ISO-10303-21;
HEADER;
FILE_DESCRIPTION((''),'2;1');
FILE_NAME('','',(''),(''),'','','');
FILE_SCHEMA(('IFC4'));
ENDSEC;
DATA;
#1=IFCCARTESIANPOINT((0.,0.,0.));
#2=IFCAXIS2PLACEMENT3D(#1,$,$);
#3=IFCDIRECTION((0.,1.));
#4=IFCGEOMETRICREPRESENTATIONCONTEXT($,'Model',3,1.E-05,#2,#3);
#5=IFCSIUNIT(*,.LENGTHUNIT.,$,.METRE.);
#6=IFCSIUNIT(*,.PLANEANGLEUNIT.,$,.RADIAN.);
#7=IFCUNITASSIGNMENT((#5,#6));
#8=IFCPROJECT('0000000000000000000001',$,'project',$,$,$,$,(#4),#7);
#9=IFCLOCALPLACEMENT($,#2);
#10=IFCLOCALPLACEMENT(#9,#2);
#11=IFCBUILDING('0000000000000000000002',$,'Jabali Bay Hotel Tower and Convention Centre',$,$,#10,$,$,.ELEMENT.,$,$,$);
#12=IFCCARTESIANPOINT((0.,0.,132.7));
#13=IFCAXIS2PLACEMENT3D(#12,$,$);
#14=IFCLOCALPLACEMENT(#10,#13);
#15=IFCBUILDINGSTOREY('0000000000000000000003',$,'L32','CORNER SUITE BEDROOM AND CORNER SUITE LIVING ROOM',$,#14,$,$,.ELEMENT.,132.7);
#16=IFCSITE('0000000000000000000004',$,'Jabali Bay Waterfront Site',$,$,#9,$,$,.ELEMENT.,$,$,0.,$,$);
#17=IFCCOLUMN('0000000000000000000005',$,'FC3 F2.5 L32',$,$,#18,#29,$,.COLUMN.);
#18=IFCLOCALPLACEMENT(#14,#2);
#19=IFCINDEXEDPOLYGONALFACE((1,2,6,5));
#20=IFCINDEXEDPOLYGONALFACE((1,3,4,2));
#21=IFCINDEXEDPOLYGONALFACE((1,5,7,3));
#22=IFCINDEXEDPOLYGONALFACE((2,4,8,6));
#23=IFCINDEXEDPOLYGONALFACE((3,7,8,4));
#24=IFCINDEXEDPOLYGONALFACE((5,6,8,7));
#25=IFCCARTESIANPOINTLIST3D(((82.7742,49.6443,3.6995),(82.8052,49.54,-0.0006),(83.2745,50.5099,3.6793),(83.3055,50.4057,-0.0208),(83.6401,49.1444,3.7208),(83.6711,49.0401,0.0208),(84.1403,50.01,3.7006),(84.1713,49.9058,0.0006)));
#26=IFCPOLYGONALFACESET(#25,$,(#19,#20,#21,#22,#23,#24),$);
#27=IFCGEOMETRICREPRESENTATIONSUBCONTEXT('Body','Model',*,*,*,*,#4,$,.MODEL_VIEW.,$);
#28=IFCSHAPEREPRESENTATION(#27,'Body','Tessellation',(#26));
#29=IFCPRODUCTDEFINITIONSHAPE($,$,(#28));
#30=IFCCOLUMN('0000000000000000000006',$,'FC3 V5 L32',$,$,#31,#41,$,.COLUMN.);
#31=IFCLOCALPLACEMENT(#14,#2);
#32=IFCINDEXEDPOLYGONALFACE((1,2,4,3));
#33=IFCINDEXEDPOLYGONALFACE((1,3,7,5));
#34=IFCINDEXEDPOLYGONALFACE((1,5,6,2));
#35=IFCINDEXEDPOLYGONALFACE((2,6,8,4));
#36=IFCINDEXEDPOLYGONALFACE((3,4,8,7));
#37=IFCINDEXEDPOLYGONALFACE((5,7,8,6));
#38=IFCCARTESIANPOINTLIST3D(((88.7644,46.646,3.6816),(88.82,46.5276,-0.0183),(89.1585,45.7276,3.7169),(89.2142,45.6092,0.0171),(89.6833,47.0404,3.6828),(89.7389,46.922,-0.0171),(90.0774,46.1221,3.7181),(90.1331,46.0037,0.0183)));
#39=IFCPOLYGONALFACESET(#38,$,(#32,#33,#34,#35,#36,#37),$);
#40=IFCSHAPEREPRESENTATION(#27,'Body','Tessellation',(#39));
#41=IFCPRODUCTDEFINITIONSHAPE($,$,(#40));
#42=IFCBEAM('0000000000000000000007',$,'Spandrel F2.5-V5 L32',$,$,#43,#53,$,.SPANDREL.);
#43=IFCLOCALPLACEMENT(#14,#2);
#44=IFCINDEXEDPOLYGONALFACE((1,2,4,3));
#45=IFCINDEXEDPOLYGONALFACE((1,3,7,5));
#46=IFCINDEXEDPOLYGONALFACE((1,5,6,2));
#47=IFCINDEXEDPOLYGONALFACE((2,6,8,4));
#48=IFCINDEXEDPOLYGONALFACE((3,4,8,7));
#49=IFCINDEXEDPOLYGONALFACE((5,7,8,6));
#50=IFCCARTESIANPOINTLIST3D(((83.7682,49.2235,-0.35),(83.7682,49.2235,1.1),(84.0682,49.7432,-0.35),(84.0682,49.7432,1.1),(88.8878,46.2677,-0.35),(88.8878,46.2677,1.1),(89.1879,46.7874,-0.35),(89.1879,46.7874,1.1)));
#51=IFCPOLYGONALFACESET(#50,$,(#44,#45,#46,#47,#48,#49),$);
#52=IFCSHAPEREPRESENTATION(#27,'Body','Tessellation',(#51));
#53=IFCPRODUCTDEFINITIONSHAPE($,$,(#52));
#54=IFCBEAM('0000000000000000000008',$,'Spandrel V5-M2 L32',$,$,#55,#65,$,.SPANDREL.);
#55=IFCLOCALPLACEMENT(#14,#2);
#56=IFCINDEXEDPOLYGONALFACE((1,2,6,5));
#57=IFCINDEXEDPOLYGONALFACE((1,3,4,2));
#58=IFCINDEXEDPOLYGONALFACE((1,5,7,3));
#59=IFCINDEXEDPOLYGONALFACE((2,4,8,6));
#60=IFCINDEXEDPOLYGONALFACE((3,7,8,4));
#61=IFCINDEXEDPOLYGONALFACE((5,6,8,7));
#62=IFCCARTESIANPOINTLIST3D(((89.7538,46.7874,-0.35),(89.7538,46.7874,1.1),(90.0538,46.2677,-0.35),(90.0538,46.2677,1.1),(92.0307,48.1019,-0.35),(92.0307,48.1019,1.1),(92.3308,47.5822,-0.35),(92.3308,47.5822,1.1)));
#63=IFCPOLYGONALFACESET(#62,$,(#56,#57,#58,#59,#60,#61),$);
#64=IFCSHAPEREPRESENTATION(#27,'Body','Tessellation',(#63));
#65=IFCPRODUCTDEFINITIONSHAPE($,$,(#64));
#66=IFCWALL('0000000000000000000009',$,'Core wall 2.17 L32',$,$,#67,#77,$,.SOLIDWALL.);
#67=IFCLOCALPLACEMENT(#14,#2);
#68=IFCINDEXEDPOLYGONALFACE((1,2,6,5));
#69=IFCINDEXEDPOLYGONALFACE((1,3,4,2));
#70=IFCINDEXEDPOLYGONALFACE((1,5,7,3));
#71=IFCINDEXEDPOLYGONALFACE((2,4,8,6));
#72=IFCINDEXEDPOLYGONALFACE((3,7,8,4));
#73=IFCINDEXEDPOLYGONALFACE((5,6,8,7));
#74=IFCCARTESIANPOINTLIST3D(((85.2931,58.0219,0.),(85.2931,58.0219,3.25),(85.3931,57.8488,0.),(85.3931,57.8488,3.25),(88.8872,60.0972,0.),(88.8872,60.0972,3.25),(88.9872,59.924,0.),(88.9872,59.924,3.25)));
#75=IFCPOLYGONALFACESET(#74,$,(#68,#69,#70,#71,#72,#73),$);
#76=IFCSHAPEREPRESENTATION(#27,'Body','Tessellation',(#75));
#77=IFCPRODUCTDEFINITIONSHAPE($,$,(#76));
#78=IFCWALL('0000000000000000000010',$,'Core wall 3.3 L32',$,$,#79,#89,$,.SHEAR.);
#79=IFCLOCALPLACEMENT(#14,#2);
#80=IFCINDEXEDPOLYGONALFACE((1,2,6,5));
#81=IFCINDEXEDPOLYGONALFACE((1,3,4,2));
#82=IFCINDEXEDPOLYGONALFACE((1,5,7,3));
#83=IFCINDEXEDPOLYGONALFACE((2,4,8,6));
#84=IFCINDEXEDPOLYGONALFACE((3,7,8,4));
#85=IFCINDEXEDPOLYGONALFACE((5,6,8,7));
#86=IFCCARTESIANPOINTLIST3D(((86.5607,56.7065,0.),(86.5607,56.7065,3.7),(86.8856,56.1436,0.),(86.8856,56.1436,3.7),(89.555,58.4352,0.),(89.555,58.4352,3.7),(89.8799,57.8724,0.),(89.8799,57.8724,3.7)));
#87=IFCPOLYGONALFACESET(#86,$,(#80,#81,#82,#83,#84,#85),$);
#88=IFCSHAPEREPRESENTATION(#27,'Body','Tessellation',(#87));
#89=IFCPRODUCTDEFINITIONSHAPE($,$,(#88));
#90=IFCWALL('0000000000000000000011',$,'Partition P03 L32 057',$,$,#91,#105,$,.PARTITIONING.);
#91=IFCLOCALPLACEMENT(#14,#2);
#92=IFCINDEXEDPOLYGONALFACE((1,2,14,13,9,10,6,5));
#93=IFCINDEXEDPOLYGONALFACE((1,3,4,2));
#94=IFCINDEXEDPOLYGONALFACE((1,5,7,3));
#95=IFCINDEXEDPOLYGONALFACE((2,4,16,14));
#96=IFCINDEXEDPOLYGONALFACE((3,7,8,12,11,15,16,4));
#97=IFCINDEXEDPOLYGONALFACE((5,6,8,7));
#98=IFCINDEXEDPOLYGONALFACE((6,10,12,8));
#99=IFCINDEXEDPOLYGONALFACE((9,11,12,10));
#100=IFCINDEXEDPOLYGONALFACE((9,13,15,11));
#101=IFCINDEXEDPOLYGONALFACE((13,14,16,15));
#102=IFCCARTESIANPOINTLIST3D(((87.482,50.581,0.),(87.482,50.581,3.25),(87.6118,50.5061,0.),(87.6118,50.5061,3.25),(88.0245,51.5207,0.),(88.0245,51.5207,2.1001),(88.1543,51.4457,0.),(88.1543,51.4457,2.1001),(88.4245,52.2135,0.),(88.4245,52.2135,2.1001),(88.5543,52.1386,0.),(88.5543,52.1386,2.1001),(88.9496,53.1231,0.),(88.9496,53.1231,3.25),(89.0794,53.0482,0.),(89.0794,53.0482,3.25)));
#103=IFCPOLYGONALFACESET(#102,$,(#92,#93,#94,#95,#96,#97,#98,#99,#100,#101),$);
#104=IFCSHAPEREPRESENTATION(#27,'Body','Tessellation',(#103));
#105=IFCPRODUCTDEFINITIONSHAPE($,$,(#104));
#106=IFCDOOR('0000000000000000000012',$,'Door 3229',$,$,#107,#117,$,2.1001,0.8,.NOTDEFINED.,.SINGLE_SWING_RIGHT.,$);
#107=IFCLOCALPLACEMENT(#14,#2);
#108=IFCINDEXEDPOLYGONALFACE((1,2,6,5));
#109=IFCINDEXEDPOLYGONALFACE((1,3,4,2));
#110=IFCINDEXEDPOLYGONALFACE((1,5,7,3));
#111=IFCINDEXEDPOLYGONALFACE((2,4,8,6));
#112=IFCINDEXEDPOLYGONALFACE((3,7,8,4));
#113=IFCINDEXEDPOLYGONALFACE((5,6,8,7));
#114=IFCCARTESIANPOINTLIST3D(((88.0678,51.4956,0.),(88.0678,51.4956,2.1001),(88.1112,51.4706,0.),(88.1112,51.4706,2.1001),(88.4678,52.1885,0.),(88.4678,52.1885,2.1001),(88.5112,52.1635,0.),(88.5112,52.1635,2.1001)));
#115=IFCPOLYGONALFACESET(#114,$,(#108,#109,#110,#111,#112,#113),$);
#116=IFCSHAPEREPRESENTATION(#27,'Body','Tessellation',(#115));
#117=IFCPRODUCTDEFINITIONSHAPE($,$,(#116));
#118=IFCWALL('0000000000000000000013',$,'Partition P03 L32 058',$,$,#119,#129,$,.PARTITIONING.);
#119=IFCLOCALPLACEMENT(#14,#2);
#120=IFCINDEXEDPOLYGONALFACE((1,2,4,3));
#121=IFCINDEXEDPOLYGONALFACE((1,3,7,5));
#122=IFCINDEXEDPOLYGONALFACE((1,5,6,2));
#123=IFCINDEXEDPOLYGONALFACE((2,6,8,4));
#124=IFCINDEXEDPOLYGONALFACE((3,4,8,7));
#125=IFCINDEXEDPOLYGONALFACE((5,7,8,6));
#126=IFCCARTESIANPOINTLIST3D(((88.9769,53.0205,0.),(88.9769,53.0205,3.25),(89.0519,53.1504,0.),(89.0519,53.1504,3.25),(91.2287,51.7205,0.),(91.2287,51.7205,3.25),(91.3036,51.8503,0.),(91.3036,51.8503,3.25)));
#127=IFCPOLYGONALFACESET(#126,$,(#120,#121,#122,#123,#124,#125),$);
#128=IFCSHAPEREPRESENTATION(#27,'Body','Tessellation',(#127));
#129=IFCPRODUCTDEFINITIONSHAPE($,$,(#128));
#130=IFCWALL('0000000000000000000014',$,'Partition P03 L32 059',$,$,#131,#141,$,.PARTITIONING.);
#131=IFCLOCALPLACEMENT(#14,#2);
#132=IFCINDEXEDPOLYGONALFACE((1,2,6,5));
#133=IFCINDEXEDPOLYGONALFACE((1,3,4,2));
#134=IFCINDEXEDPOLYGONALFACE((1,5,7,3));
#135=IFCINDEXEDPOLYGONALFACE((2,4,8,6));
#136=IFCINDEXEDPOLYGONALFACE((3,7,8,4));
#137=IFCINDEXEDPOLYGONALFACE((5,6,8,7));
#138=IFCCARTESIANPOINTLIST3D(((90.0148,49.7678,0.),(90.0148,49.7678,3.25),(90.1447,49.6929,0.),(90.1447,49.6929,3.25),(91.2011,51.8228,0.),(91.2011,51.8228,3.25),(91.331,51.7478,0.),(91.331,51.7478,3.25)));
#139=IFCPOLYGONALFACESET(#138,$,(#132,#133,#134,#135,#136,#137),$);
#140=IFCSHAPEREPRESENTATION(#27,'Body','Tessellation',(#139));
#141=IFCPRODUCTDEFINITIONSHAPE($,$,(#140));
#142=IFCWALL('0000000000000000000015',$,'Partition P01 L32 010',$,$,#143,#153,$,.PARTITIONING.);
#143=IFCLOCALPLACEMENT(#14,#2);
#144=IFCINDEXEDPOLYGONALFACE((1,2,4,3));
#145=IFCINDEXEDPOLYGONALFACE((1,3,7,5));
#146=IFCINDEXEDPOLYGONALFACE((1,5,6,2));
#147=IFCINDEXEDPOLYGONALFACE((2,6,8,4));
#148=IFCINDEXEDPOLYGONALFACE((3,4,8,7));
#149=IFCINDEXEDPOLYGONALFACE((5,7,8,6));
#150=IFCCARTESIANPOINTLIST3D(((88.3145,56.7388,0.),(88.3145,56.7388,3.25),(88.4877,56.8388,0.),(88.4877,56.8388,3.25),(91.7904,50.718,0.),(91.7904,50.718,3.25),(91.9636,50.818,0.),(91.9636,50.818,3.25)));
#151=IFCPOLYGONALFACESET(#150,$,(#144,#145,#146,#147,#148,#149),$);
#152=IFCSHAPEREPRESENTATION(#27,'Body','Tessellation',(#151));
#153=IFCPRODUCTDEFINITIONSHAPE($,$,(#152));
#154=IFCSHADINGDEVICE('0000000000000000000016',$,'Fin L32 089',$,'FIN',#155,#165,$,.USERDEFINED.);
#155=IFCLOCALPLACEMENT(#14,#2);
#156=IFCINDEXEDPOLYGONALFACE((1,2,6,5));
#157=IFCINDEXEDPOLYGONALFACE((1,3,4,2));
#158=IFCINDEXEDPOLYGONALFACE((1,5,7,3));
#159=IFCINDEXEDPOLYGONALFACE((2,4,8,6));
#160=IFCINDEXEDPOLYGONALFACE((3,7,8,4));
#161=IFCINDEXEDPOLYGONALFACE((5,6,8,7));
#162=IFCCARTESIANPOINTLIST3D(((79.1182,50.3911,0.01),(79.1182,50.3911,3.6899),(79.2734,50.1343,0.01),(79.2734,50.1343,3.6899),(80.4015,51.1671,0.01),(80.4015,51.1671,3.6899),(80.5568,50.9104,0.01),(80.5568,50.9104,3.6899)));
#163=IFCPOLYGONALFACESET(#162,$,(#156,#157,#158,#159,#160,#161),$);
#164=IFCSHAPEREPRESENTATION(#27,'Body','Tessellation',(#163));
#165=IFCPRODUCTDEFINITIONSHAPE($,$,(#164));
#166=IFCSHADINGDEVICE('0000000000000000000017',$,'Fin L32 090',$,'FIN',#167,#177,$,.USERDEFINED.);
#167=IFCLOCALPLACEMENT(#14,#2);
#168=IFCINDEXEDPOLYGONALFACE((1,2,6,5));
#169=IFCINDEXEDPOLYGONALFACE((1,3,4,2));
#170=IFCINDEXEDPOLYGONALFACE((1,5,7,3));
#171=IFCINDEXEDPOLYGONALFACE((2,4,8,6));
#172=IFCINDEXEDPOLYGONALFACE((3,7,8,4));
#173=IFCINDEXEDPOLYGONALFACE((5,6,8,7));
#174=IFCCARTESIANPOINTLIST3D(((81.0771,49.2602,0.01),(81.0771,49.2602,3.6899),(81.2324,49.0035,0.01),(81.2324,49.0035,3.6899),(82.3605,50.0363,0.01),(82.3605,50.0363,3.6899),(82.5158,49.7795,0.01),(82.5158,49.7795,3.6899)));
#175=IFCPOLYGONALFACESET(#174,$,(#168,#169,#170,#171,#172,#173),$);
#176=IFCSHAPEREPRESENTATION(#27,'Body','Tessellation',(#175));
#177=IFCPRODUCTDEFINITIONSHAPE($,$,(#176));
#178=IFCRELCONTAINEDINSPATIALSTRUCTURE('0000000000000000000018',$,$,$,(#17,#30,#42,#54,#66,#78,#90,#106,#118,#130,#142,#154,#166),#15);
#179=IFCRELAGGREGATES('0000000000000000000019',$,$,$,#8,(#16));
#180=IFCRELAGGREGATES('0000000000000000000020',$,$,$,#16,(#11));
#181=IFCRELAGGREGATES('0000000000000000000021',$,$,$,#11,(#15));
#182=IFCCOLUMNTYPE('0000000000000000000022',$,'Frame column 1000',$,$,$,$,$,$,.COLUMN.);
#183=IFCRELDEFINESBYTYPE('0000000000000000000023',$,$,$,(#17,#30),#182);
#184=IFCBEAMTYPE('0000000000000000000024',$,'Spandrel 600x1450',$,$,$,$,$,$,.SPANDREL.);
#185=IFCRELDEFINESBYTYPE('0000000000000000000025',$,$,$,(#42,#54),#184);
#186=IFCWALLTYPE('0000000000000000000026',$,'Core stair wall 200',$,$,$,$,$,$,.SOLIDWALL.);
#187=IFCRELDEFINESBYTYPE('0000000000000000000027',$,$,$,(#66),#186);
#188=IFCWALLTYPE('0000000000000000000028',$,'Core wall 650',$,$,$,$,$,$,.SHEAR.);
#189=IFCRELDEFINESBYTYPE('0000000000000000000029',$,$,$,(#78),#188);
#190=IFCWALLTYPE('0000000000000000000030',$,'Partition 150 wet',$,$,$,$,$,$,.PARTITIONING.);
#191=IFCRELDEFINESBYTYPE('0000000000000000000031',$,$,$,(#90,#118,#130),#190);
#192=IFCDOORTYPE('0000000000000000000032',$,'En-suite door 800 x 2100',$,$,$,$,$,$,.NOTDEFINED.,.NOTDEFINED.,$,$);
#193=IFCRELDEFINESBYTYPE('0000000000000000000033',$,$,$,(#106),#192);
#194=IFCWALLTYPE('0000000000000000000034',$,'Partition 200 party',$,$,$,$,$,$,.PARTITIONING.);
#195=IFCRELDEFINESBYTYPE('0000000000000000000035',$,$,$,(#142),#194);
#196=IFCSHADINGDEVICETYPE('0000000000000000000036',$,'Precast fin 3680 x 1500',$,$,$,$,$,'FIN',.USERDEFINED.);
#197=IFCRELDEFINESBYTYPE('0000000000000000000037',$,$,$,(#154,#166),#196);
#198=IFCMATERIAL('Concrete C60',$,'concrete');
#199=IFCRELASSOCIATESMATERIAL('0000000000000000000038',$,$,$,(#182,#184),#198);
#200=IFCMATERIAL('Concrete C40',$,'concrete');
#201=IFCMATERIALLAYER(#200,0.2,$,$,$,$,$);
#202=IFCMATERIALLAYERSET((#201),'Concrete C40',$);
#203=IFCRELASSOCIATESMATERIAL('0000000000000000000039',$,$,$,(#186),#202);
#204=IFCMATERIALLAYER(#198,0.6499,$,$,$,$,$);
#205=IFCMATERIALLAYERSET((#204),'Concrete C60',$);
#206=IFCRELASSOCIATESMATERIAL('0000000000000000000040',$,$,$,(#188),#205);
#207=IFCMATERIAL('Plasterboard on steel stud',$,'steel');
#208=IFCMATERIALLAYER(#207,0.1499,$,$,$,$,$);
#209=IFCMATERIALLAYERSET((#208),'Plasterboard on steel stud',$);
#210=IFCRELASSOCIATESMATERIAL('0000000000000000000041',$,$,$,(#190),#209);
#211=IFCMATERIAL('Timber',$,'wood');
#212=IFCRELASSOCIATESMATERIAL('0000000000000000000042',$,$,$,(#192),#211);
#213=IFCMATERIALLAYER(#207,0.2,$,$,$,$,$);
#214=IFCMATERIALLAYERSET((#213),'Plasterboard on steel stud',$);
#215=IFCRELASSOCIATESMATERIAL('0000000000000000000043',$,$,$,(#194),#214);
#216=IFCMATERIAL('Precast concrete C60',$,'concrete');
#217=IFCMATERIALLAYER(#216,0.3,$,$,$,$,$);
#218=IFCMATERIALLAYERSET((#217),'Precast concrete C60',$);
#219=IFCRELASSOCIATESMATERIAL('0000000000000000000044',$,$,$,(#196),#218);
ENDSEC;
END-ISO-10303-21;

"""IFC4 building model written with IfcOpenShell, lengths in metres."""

from ifc_helpers import new_model, si_unit, direction, frame, frame_2d, origin, origin_2d, place, context, subcontext, project, spatial, rectangle, extrude, material, layer, layer_set, material_profile, profile_set, type_object, element, fill, save


model = new_model("IFC4")

# Units and contexts
model_context = context("Model", 3, precision=1e-05, world=origin(), true_north=direction((0.0, 1.0)))
body_context = subcontext(model_context, "Body", "Model", "MODEL_VIEW")
ifc_project = project(units=[si_unit("LENGTHUNIT", "METRE"), si_unit("PLANEANGLEUNIT", "RADIAN")], contexts=[model_context])

# Site, building, storey
site_placement = place(None, origin())
site = spatial("IfcSite", under=ifc_project, at=site_placement, Name="Jabali Bay Waterfront Site", CompositionType="ELEMENT", RefElevation=0.0)
building_placement = place(site_placement, origin())
building = spatial("IfcBuilding", under=site, at=building_placement, Name="Jabali Bay Hotel Tower and Convention Centre", CompositionType="ELEMENT")
storey_placement = place(building_placement, frame((0.0, 0.0, 132.7)))
storey = spatial("IfcBuildingStorey", under=building, at=storey_placement, Name="L32", Description="CORNER SUITE BEDROOM AND CORNER SUITE LIVING ROOM", CompositionType="ELEMENT", Elevation=132.7)

# Columns
ifc_material_1 = material(Name="Concrete C60", Category="concrete")
ifc_material_profile_1 = material_profile(ifc_material_1, rectangle(XDim=1.0, YDim=1.0, at=origin_2d()), Name="Frame column 1000")
ifc_profile_set_1 = profile_set([ifc_material_profile_1], Name="Concrete C60")
column_type = type_object("IfcColumnType", Name="Frame column 1000", PredefinedType="COLUMN", material=ifc_profile_set_1)
column_1_placement = place(storey_placement, frame((83.4883, 49.7229, 0.0), z_axis=(-0.008376, 0.028163, 0.999568), x_axis=(-0.50024, -0.865651, 0.020198)))
element("IfcColumn", 1, at=column_1_placement, inside=storey, type_object=column_type, Name="FC3 F2.5 L32", PredefinedType="COLUMN", context=body_context, shape_type="SweptSolid", body=[
    extrude(rectangle(XDim=1.0, YDim=1.0, at=origin_2d()), origin(), (0.0, 0.0, 1.0), 3.7017),
])
column_2_placement = place(storey_placement, frame((89.4766, 46.2656, 0.0), z_axis=(-0.015035, 0.031983, 0.999375), x_axis=(0.394157, -0.918364, 0.03532)))
element("IfcColumn", 2, at=column_2_placement, inside=storey, type_object=column_type, Name="FC3 V5 L32", PredefinedType="COLUMN", context=body_context, shape_type="SweptSolid", body=[
    extrude(rectangle(XDim=1.0, YDim=1.0, at=origin_2d()), origin(), (0.0, 0.0, 1.0), 3.7021),
])

# Beams
ifc_material_profile_2 = material_profile(ifc_material_1, rectangle(XDim=0.6001, YDim=1.45, at=origin_2d()), Name="Spandrel 600x1450")
ifc_profile_set_2 = profile_set([ifc_material_profile_2], Name="Concrete C60")
beam_type = type_object("IfcBeamType", Name="Spandrel 600x1450", PredefinedType="SPANDREL", material=ifc_profile_set_2)
beam_1_placement = place(storey_placement, frame((83.9182, 49.4834, 0.375), z_axis=(0.866026, -0.499999, 0.0), x_axis=(0.499999, 0.866026, 0.0)))
element("IfcBeam", 3, at=beam_1_placement, inside=storey, type_object=beam_type, Name="Spandrel F2.5-V5 L32", PredefinedType="SPANDREL", context=body_context, shape_type="SweptSolid", body=[
    extrude(rectangle(XDim=0.6001, YDim=1.45, at=origin_2d()), origin(), (0.0, 0.0, 1.0), 5.9116),
])
beam_2_placement = place(storey_placement, frame((89.9038, 46.5276, 0.375), z_axis=(0.86604, 0.499974, 0.0), x_axis=(-0.499974, 0.86604, 0.0)))
element("IfcBeam", 4, at=beam_2_placement, inside=storey, type_object=beam_type, Name="Spandrel V5-M2 L32", PredefinedType="SPANDREL", context=body_context, shape_type="SweptSolid", body=[
    extrude(rectangle(XDim=0.6001, YDim=1.45, at=origin_2d()), origin(), (0.0, 0.0, 1.0), 2.6292),
])

# Walls
ifc_material_2 = material(Name="Concrete C40", Category="concrete")
ifc_layer_1 = layer(ifc_material_2, 0.2)
ifc_layer_set_1 = layer_set([ifc_layer_1], Name="Concrete C40")
wall_type_1 = type_object("IfcWallType", Name="Core stair wall 200", PredefinedType="SOLIDWALL", material=ifc_layer_set_1)
wall_1_placement = place(storey_placement, frame((85.343, 57.9353, 0.0), z_axis=(0.0, 0.0, 1.0), x_axis=(0.866004, 0.500036, 0.0)))
element("IfcWall", 5, at=wall_1_placement, inside=storey, type_object=wall_type_1, Name="Core wall 2.17 L32", PredefinedType="SOLIDWALL", context=body_context, shape_type="SweptSolid", body=[
    extrude(rectangle(XDim=4.1501, YDim=0.2, at=frame_2d((2.0752, 0.0))), origin(), (0.0, 0.0, 1.0), 3.25),
])
ifc_layer_2 = layer(ifc_material_1, 0.6499)
ifc_layer_set_2 = layer_set([ifc_layer_2], Name="Concrete C60")
wall_type_2 = type_object("IfcWallType", Name="Core wall 650", PredefinedType="SHEAR", material=ifc_layer_set_2)
wall_2_placement = place(storey_placement, frame((86.7231, 56.425, 0.0), z_axis=(0.0, 0.0, 1.0), x_axis=(0.866032, 0.499989, 0.0)))
element("IfcWall", 6, at=wall_2_placement, inside=storey, type_object=wall_type_2, Name="Core wall 3.3 L32", PredefinedType="SHEAR", context=body_context, shape_type="SweptSolid", body=[
    extrude(rectangle(XDim=3.4575, YDim=0.6499, at=frame_2d((1.7288, 0.0))), origin(), (0.0, 0.0, 1.0), 3.7),
])

# Wall, opening, door
ifc_material_3 = material(Name="Plasterboard on steel stud", Category="steel")
ifc_layer_3 = layer(ifc_material_3, 0.1499)
ifc_layer_set_3 = layer_set([ifc_layer_3], Name="Plasterboard on steel stud")
wall_type_3 = type_object("IfcWallType", Name="Partition 150 wet", PredefinedType="PARTITIONING", material=ifc_layer_set_3)
wall_3_placement = place(storey_placement, frame((87.5469, 50.5435, 0.0), z_axis=(0.0, 0.0, 1.0), x_axis=(0.499977, 0.866039, 0.0)))
wall_3 = element("IfcWall", 7, at=wall_3_placement, inside=storey, type_object=wall_type_3, Name="Partition P03 L32 057", PredefinedType="PARTITIONING", context=body_context, shape_type="SweptSolid", body=[
    extrude(rectangle(XDim=2.9353, YDim=0.1499, at=frame_2d((1.4678, 0.0))), origin(), (0.0, 0.0, 1.0), 3.25),
])
opening_1_placement = place(wall_3_placement, frame((1.0852, 0.0, 0.0)))
opening_1 = element("IfcOpeningElement", 8, at=opening_1_placement, cuts=wall_3, PredefinedType="OPENING", context=body_context, shape_type="SweptSolid", body=[
    extrude(rectangle(XDim=0.8, YDim=2.1001, at=frame_2d((0.3999, 1.05))), frame((0.0, 0.0854, 0.0), z_axis=(0.0, -1.0, 0.0), x_axis=(1.0, 0.0, 0.0)), (0.0, 0.0, 1.0), 0.1709),
])
ifc_material_4 = material(Name="Timber", Category="wood")
door_type_1 = type_object("IfcDoorType", Name="En-suite door 800 x 2100", OperationType="NOTDEFINED", PredefinedType="NOTDEFINED", material=ifc_material_4)
door_1_placement = place(opening_1_placement, origin())
door_1 = element("IfcDoor", 9, at=door_1_placement, inside=storey, type_object=door_type_1, Name="Door 3229", OperationType="SINGLE_SWING_RIGHT", OverallHeight=2.1001, OverallWidth=0.8, PredefinedType="NOTDEFINED", context=body_context, shape_type="SweptSolid", body=[
    extrude(rectangle(XDim=0.8, YDim=2.1001, at=frame_2d((0.3999, 1.05))), frame((0.0, 0.0249, 0.0), z_axis=(0.0, -1.0, 0.0), x_axis=(1.0, 0.0, 0.0)), (0.0, 0.0, 1.0), 0.05),
])
fill(opening_1, door_1)

# Walls
wall_4_placement = place(storey_placement, frame((89.0144, 53.0854, 0.0), z_axis=(0.0, 0.0, 1.0), x_axis=(0.866021, -0.500007, 0.0)))
element("IfcWall", 10, at=wall_4_placement, inside=storey, type_object=wall_type_3, Name="Partition P03 L32 058", PredefinedType="PARTITIONING", context=body_context, shape_type="SweptSolid", body=[
    extrude(rectangle(XDim=2.6001, YDim=0.1499, at=frame_2d((1.3, 0.0))), origin(), (0.0, 0.0, 1.0), 3.25),
])
wall_5_placement = place(storey_placement, frame((91.2661, 51.7854, 0.0), z_axis=(0.0, 0.0, 1.0), x_axis=(-0.499957, -0.86605, 0.0)))
element("IfcWall", 11, at=wall_5_placement, inside=storey, type_object=wall_type_3, Name="Partition P03 L32 059", PredefinedType="PARTITIONING", context=body_context, shape_type="SweptSolid", body=[
    extrude(rectangle(XDim=2.3728, YDim=0.1499, at=frame_2d((1.1865, 0.0))), origin(), (0.0, 0.0, 1.0), 3.25),
])
ifc_layer_4 = layer(ifc_material_3, 0.2)
ifc_layer_set_4 = layer_set([ifc_layer_4], Name="Plasterboard on steel stud")
wall_type_4 = type_object("IfcWallType", Name="Partition 200 party", PredefinedType="PARTITIONING", material=ifc_layer_set_4)
wall_6_placement = place(storey_placement, frame((88.4011, 56.7888, 0.0), z_axis=(0.0, 0.0, 1.0), x_axis=(0.499973, -0.866041, 0.0)))
element("IfcWall", 12, at=wall_6_placement, inside=storey, type_object=wall_type_4, Name="Partition P01 L32 010", PredefinedType="PARTITIONING", context=body_context, shape_type="SweptSolid", body=[
    extrude(rectangle(XDim=6.9521, YDim=0.2, at=frame_2d((3.4761, 0.0))), origin(), (0.0, 0.0, 1.0), 3.25),
])

# Shading devices
ifc_material_5 = material(Name="Precast concrete C60", Category="concrete")
ifc_layer_5 = layer(ifc_material_5, 0.3)
ifc_layer_set_5 = layer_set([ifc_layer_5], Name="Precast concrete C60")
shading_device_type = type_object("IfcShadingDeviceType", Name="Precast fin 3680 x 1500", ElementType="FIN", PredefinedType="USERDEFINED", material=ifc_layer_set_5)
for number, where, z_axis, x_axis, name in (
    (13, (80.4792, 51.0388, 0.01), (0.0, 0.0, 1.0), (-0.855707, -0.517461, 0.0), "Fin L32 089"),
    (14, (82.4382, 49.908, 0.01), (0.0, 0.0, 1.0), (-0.855707, -0.517461, 0.0), "Fin L32 090"),
):
    element("IfcShadingDevice", number, at=place(storey_placement, frame(where, z_axis=z_axis, x_axis=x_axis)), inside=storey, type_object=shading_device_type, Name=name, ObjectType="FIN", PredefinedType="USERDEFINED", context=body_context, shape_type="SweptSolid", body=[
        extrude(rectangle(XDim=1.4998, YDim=0.3, at=frame_2d((0.75, 0.0))), origin(), (0.0, 0.0, 1.0), 3.6799),
    ])

save(model, "model.ifc")
